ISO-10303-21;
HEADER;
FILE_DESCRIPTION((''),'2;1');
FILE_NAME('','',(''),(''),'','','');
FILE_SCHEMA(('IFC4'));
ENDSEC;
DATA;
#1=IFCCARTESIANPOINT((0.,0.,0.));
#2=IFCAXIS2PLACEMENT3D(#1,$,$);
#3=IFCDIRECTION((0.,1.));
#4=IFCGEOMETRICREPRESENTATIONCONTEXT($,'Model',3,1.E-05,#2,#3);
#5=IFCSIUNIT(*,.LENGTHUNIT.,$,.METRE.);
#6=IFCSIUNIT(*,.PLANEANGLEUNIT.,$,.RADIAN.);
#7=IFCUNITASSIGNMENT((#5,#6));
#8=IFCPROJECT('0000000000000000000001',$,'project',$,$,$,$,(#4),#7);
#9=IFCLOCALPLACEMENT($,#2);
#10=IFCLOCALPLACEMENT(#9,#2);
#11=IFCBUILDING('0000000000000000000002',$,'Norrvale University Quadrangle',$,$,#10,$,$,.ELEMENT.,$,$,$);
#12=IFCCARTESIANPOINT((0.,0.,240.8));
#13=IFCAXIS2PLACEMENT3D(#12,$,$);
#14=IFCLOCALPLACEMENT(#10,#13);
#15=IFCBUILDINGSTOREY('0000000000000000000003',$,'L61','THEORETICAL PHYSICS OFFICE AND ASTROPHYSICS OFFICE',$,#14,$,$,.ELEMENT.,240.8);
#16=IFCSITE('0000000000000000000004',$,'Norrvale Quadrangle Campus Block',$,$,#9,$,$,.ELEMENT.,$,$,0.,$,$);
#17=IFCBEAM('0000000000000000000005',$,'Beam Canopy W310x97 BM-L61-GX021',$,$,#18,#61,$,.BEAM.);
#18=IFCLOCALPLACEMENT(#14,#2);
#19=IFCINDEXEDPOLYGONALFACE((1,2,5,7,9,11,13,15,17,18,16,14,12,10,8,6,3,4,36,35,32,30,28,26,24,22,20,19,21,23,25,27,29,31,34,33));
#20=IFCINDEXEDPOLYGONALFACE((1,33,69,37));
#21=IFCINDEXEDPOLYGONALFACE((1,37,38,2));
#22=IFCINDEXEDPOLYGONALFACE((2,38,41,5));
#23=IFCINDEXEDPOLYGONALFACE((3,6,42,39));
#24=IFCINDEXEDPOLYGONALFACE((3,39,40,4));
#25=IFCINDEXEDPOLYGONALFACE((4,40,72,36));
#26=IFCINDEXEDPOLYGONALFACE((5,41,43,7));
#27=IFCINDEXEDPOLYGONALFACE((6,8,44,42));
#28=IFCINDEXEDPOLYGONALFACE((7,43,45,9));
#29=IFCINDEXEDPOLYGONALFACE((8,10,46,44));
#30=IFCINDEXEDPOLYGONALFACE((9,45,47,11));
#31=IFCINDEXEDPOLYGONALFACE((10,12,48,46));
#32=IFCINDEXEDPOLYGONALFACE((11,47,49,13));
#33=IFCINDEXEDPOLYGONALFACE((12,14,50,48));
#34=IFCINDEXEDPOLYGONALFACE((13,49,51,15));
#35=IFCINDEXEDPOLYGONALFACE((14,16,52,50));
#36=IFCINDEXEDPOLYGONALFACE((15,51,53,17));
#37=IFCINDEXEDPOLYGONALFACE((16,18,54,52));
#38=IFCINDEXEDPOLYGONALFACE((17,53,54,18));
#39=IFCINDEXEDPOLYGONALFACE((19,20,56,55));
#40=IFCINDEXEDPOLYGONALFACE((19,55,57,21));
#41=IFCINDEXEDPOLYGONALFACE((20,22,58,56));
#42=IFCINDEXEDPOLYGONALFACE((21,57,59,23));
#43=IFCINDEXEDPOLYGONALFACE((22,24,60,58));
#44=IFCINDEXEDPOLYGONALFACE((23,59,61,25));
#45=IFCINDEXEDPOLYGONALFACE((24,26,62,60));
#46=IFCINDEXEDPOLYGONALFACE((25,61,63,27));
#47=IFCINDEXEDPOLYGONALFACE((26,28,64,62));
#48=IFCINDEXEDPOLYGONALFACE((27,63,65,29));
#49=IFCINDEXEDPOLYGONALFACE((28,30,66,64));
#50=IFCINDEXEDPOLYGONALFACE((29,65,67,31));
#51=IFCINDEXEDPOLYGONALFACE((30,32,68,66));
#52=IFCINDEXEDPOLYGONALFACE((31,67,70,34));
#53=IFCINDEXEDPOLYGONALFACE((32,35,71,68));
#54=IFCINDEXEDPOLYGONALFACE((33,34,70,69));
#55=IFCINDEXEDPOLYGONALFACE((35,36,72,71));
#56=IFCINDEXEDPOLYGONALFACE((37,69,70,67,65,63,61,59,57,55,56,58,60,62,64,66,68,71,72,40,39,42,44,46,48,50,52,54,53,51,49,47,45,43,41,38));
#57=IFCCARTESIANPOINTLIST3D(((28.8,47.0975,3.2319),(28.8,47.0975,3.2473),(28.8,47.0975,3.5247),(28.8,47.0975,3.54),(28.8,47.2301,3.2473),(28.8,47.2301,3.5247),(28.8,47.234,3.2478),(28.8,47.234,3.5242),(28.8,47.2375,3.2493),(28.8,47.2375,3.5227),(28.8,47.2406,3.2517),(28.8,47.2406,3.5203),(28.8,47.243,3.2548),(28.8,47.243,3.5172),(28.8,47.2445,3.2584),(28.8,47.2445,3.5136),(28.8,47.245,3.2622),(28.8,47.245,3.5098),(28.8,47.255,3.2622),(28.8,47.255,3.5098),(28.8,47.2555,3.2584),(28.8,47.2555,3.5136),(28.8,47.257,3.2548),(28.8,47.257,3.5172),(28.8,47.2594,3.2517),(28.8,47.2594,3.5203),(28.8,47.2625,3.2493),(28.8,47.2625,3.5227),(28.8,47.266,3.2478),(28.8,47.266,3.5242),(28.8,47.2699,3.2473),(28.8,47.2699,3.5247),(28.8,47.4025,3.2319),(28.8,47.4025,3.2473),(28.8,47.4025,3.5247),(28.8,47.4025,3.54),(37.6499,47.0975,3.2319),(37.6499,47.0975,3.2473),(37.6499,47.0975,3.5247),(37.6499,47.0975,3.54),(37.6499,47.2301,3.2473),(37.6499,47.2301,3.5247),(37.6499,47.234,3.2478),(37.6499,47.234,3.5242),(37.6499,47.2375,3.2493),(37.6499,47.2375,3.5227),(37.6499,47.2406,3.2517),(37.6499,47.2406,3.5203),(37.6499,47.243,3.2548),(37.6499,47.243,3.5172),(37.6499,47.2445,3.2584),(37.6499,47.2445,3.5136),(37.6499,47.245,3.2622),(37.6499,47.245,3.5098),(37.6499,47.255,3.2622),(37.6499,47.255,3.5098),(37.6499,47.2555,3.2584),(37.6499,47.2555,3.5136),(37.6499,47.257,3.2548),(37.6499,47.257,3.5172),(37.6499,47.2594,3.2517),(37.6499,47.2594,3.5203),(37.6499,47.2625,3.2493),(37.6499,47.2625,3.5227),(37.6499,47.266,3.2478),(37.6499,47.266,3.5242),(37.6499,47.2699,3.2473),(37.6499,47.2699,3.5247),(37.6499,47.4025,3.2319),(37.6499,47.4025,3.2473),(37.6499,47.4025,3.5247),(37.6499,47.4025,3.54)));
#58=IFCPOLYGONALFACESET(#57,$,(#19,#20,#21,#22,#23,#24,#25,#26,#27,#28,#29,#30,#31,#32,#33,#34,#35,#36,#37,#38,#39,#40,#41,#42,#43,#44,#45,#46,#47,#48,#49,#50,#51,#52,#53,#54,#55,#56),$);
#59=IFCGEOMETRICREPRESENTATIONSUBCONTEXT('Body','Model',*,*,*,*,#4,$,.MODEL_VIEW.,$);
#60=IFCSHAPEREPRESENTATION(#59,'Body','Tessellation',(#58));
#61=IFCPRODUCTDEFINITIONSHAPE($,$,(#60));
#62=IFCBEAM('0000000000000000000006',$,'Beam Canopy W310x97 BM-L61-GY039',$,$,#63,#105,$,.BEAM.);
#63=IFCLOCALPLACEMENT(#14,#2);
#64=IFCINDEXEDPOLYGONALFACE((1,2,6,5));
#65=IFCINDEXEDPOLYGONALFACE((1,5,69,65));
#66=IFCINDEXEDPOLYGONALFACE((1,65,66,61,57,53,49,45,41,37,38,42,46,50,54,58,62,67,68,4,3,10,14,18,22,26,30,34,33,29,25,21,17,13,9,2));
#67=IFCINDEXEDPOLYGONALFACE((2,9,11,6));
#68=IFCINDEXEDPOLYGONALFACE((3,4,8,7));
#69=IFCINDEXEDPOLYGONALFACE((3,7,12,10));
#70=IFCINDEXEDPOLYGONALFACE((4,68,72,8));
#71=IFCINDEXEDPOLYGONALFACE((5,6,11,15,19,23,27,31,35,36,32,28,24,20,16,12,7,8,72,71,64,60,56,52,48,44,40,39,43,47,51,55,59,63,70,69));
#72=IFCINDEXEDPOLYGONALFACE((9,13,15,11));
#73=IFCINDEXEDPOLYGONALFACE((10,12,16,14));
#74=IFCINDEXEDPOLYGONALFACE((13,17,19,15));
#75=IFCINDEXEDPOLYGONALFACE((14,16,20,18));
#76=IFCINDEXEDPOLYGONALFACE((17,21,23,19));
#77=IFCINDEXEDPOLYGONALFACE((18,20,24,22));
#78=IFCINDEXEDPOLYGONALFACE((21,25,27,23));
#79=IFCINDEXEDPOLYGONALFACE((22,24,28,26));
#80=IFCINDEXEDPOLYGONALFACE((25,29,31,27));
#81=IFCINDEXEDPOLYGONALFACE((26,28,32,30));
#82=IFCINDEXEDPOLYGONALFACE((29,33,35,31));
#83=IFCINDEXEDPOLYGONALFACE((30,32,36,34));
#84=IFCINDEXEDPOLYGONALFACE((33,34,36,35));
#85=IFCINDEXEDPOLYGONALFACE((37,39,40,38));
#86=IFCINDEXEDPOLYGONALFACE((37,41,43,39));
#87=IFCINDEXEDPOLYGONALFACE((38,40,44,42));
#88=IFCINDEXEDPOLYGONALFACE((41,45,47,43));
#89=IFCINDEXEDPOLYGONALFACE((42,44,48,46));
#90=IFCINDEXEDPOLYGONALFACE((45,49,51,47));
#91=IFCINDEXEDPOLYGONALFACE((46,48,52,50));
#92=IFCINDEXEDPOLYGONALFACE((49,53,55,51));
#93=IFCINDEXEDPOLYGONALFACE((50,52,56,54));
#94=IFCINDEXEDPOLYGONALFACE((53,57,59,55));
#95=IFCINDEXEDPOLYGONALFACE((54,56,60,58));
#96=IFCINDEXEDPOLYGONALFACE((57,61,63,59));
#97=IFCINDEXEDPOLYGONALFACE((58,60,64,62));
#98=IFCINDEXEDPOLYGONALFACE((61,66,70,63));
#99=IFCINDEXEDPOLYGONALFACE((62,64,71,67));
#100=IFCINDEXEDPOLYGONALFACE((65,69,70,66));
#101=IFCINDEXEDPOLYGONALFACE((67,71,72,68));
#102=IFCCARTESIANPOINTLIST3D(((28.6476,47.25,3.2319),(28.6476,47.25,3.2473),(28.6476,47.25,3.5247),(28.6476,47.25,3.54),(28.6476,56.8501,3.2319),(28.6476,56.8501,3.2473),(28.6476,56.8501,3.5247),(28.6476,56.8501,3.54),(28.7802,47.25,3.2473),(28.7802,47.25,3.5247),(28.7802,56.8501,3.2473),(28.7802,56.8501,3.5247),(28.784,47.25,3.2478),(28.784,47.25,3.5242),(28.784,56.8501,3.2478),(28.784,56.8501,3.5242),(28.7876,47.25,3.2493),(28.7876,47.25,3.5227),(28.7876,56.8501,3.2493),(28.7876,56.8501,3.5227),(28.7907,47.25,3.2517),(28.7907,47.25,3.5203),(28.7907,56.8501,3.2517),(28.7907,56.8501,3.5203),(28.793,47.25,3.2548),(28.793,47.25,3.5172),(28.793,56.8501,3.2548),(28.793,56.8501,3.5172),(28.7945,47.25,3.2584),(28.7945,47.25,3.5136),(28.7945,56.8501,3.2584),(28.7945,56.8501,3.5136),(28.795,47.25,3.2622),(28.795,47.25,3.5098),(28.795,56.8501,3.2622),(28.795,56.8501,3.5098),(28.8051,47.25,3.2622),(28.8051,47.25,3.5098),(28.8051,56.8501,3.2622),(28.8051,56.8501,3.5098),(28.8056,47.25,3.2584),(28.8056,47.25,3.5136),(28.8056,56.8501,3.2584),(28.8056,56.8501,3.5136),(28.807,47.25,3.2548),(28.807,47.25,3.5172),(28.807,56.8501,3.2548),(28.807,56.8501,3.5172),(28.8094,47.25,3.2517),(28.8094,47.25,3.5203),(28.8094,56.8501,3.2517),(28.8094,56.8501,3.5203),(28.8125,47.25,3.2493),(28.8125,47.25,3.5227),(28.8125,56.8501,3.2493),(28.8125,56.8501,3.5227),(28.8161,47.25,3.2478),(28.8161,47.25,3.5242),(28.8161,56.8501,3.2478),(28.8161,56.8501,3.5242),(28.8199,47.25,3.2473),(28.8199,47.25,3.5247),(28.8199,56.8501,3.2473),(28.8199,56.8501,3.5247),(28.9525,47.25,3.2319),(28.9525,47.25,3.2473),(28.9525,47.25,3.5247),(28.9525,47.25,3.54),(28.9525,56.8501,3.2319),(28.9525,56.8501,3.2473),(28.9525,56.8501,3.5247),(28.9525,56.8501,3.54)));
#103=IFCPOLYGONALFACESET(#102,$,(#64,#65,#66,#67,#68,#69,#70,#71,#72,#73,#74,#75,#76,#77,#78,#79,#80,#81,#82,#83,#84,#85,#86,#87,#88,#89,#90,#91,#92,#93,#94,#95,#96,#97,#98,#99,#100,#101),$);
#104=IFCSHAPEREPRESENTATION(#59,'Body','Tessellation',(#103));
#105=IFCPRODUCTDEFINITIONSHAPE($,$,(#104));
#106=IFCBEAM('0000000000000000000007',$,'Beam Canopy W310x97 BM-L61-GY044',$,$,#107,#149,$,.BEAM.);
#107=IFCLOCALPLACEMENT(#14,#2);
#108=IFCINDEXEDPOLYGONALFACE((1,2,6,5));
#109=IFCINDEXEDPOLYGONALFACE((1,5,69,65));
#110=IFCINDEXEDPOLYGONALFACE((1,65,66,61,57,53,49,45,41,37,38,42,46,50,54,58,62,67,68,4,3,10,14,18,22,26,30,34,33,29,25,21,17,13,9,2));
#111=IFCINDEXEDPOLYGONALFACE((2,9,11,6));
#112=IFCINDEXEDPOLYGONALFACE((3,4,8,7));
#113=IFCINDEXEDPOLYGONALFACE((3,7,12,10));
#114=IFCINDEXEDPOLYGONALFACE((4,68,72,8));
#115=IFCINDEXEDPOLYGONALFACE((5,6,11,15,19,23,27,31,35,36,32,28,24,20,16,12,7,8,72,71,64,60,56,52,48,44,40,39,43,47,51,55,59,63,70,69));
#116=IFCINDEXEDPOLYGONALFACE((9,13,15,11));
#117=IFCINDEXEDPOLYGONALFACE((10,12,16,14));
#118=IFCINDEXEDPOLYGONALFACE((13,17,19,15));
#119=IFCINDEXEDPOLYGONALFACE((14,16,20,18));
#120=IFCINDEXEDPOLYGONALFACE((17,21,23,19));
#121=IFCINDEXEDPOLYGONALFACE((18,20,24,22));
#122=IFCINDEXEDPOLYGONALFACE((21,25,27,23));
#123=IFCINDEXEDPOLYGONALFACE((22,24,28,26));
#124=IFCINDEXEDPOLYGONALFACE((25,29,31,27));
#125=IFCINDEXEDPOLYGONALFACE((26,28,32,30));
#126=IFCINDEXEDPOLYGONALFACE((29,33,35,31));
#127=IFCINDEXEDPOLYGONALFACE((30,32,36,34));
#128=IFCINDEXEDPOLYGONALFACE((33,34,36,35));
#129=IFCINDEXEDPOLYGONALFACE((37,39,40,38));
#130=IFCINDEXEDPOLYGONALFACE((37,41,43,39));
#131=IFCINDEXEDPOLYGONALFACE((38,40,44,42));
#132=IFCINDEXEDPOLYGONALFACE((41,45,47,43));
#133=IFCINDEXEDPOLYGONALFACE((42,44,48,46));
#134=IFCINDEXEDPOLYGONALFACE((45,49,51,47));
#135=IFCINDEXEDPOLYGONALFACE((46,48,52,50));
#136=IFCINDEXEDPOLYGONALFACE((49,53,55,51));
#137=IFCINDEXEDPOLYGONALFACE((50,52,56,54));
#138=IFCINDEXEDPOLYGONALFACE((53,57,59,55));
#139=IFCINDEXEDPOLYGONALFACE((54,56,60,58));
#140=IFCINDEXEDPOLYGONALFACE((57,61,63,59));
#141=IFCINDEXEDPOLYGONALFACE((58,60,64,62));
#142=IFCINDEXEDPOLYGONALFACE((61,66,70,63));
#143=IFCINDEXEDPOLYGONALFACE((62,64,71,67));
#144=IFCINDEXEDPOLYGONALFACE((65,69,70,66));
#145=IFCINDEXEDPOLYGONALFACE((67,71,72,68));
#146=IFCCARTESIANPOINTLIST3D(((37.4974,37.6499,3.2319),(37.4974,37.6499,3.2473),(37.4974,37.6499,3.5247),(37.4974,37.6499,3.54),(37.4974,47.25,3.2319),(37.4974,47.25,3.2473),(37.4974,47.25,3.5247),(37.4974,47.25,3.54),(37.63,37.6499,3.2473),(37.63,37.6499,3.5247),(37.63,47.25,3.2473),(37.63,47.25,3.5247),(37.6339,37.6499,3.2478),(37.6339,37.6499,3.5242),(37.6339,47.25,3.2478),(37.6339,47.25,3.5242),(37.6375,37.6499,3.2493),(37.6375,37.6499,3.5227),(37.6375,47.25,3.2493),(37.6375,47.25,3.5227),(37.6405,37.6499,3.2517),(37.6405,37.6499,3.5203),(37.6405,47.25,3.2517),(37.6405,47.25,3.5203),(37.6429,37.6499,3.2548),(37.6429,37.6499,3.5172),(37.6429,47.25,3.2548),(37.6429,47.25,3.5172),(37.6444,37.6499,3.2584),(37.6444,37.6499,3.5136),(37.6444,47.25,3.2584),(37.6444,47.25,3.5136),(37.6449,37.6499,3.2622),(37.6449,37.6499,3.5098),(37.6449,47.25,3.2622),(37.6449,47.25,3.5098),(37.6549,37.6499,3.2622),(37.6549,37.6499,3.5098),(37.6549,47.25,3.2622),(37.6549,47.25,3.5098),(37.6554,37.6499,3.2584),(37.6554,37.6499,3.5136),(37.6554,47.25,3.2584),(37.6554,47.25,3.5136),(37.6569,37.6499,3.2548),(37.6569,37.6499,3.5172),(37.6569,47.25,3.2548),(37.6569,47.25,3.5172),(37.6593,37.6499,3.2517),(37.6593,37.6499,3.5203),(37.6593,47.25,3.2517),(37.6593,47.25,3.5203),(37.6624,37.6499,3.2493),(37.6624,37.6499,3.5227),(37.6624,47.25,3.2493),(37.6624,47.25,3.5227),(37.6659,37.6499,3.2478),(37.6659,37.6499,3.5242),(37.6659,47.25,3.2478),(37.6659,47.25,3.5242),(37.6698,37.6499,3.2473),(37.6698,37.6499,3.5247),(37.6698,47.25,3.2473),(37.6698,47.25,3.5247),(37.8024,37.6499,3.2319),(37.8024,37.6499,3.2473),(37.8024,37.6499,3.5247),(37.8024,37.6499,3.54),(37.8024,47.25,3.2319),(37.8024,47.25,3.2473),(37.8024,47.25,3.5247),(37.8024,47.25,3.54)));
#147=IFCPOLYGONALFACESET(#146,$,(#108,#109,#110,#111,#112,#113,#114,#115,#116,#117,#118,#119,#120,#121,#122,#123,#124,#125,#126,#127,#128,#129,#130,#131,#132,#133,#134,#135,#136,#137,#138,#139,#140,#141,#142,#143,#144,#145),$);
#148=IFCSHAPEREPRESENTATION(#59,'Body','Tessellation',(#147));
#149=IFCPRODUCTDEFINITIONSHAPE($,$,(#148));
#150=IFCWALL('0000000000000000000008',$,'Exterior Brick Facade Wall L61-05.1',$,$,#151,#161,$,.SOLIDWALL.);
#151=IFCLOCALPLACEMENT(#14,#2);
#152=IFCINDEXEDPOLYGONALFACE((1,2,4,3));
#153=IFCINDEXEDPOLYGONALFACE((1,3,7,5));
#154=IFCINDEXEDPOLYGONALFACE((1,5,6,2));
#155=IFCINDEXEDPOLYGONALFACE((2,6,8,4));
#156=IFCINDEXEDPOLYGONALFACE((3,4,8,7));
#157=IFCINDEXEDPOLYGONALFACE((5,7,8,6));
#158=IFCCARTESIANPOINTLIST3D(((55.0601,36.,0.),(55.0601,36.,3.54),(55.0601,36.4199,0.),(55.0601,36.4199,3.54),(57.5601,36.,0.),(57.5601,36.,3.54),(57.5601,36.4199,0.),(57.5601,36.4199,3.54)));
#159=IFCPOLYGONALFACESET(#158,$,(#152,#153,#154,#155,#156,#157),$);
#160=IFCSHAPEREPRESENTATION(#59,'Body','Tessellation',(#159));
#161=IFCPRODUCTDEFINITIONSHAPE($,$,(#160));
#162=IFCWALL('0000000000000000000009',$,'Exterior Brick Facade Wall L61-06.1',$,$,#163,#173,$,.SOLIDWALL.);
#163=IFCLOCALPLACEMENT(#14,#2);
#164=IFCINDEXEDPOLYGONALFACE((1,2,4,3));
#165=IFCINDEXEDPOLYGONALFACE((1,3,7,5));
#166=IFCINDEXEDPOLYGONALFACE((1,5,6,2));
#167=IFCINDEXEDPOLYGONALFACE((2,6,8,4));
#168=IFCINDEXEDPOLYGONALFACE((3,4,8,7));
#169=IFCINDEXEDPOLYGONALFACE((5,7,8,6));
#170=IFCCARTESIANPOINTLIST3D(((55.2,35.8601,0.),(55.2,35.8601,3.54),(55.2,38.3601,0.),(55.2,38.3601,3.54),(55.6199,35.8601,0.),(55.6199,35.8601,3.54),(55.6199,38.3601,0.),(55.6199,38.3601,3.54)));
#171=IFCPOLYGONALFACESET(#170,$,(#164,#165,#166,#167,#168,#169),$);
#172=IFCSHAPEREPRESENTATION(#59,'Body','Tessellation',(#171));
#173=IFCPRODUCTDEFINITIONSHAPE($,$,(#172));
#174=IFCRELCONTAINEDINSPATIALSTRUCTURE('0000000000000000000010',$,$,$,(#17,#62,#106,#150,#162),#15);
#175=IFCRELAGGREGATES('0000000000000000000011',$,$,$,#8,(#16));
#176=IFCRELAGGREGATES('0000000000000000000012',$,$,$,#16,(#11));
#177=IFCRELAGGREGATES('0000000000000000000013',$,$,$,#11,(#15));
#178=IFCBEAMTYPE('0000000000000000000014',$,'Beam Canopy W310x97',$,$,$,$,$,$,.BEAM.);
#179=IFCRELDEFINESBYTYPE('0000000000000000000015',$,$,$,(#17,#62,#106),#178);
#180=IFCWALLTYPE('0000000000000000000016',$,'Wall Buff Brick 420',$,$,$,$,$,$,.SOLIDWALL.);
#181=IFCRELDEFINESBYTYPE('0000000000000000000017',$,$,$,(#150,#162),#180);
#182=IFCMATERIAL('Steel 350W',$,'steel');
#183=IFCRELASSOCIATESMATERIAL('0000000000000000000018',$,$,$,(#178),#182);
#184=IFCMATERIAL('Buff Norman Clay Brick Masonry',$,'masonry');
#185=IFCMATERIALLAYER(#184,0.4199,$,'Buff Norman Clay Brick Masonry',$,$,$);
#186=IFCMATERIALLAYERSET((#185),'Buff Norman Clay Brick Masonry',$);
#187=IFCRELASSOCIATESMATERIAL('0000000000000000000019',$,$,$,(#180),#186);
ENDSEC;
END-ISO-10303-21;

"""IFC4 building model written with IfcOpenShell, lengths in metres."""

from ifc_helpers import new_model, si_unit, direction, frame, frame_2d, origin, origin_2d, place, context, subcontext, project, spatial, rectangle, i_section, extrude, material, layer, layer_set, material_profile, profile_set, type_object, element, save


model = new_model("IFC4")

# Units and contexts
model_context = context("Model", 3, precision=1e-05, world=origin(), true_north=direction((0.0, 1.0)))
body_context = subcontext(model_context, "Body", "Model", "MODEL_VIEW")
ifc_project = project(units=[si_unit("LENGTHUNIT", "METRE"), si_unit("PLANEANGLEUNIT", "RADIAN")], contexts=[model_context])

# Site, building, storey
site_placement = place(None, origin())
site = spatial("IfcSite", under=ifc_project, at=site_placement, Name="Norrvale Quadrangle Campus Block", CompositionType="ELEMENT", RefElevation=0.0)
building_placement = place(site_placement, origin())
building = spatial("IfcBuilding", under=site, at=building_placement, Name="Norrvale University Quadrangle", CompositionType="ELEMENT")
storey_placement = place(building_placement, frame((0.0, 0.0, 240.8)))
storey = spatial("IfcBuildingStorey", under=building, at=storey_placement, Name="L61", Description="THEORETICAL PHYSICS OFFICE AND ASTROPHYSICS OFFICE", CompositionType="ELEMENT", Elevation=240.8)

# Beams
ifc_material_1 = material(Name="Steel 350W", Category="steel")
ifc_material_profile_1 = material_profile(ifc_material_1, i_section(OverallWidth=0.3049, OverallDepth=0.3081, WebThickness=0.01, FlangeThickness=0.0154, FilletRadius=0.0149, at=origin_2d()), Name="Steel 350W")
ifc_profile_set_1 = profile_set([ifc_material_profile_1], Name="Steel 350W")
beam_type_1 = type_object("IfcBeamType", Name="Beam Canopy W310x97", PredefinedType="BEAM", material=ifc_profile_set_1)
beam_1_placement = place(storey_placement, frame((28.8, 47.25, 3.386), z_axis=(1.0, 0.0, 0.0), x_axis=(0.0, 1.0, 0.0)))
element("IfcBeam", 1, at=beam_1_placement, inside=storey, type_object=beam_type_1, Name="Beam Canopy W310x97 BM-L61-GX021", PredefinedType="BEAM", context=body_context, shape_type="SweptSolid", body=[
    extrude(i_section(OverallWidth=0.3049, OverallDepth=0.3081, WebThickness=0.01, FlangeThickness=0.0154, FilletRadius=0.0149, at=origin_2d()), origin(), (0.0, 0.0, 1.0), 8.8499),
])
for number, where, z_axis, x_axis, name in (
    (2, (28.8, 47.25, 3.386), (0.0, 1.0, 0.0), (-1.0, 0.0, 0.0), "Beam Canopy W310x97 BM-L61-GY039"),
    (3, (37.6499, 37.6499, 3.386), (0.0, 1.0, 0.0), (-1.0, 0.0, 0.0), "Beam Canopy W310x97 BM-L61-GY044"),
):
    element("IfcBeam", number, at=place(storey_placement, frame(where, z_axis=z_axis, x_axis=x_axis)), inside=storey, type_object=beam_type_1, Name=name, PredefinedType="BEAM", context=body_context, shape_type="SweptSolid", body=[
        extrude(i_section(OverallWidth=0.3049, OverallDepth=0.3081, WebThickness=0.01, FlangeThickness=0.0154, FilletRadius=0.0149, at=origin_2d()), origin(), (0.0, 0.0, 1.0), 9.6001),
    ])

# Walls
ifc_material_2 = material(Name="Buff Norman Clay Brick Masonry", Category="masonry")
ifc_layer = layer(ifc_material_2, 0.4199, Name="Buff Norman Clay Brick Masonry")
ifc_layer_set = layer_set([ifc_layer], Name="Buff Norman Clay Brick Masonry")
wall_type = type_object("IfcWallType", Name="Wall Buff Brick 420", PredefinedType="SOLIDWALL", material=ifc_layer_set)
for number, where, z_axis, x_axis, name in (
    (4, (57.5601, 36.21, 0.0), (0.0, 0.0, 1.0), (-1.0, 0.0, 0.0), "Exterior Brick Facade Wall L61-05.1"),
    (5, (55.4099, 35.8601, 0.0), (0.0, 0.0, 1.0), (0.0, 1.0, 0.0), "Exterior Brick Facade Wall L61-06.1"),
):
    element("IfcWall", number, at=place(storey_placement, frame(where, z_axis=z_axis, x_axis=x_axis)), inside=storey, type_object=wall_type, Name=name, PredefinedType="SOLIDWALL", context=body_context, shape_type="SweptSolid", body=[
        extrude(rectangle(XDim=2.5, YDim=0.4199, at=frame_2d((1.25, 0.0))), origin(), (0.0, 0.0, 1.0), 3.54),
    ])

save(model, "model.ifc")
